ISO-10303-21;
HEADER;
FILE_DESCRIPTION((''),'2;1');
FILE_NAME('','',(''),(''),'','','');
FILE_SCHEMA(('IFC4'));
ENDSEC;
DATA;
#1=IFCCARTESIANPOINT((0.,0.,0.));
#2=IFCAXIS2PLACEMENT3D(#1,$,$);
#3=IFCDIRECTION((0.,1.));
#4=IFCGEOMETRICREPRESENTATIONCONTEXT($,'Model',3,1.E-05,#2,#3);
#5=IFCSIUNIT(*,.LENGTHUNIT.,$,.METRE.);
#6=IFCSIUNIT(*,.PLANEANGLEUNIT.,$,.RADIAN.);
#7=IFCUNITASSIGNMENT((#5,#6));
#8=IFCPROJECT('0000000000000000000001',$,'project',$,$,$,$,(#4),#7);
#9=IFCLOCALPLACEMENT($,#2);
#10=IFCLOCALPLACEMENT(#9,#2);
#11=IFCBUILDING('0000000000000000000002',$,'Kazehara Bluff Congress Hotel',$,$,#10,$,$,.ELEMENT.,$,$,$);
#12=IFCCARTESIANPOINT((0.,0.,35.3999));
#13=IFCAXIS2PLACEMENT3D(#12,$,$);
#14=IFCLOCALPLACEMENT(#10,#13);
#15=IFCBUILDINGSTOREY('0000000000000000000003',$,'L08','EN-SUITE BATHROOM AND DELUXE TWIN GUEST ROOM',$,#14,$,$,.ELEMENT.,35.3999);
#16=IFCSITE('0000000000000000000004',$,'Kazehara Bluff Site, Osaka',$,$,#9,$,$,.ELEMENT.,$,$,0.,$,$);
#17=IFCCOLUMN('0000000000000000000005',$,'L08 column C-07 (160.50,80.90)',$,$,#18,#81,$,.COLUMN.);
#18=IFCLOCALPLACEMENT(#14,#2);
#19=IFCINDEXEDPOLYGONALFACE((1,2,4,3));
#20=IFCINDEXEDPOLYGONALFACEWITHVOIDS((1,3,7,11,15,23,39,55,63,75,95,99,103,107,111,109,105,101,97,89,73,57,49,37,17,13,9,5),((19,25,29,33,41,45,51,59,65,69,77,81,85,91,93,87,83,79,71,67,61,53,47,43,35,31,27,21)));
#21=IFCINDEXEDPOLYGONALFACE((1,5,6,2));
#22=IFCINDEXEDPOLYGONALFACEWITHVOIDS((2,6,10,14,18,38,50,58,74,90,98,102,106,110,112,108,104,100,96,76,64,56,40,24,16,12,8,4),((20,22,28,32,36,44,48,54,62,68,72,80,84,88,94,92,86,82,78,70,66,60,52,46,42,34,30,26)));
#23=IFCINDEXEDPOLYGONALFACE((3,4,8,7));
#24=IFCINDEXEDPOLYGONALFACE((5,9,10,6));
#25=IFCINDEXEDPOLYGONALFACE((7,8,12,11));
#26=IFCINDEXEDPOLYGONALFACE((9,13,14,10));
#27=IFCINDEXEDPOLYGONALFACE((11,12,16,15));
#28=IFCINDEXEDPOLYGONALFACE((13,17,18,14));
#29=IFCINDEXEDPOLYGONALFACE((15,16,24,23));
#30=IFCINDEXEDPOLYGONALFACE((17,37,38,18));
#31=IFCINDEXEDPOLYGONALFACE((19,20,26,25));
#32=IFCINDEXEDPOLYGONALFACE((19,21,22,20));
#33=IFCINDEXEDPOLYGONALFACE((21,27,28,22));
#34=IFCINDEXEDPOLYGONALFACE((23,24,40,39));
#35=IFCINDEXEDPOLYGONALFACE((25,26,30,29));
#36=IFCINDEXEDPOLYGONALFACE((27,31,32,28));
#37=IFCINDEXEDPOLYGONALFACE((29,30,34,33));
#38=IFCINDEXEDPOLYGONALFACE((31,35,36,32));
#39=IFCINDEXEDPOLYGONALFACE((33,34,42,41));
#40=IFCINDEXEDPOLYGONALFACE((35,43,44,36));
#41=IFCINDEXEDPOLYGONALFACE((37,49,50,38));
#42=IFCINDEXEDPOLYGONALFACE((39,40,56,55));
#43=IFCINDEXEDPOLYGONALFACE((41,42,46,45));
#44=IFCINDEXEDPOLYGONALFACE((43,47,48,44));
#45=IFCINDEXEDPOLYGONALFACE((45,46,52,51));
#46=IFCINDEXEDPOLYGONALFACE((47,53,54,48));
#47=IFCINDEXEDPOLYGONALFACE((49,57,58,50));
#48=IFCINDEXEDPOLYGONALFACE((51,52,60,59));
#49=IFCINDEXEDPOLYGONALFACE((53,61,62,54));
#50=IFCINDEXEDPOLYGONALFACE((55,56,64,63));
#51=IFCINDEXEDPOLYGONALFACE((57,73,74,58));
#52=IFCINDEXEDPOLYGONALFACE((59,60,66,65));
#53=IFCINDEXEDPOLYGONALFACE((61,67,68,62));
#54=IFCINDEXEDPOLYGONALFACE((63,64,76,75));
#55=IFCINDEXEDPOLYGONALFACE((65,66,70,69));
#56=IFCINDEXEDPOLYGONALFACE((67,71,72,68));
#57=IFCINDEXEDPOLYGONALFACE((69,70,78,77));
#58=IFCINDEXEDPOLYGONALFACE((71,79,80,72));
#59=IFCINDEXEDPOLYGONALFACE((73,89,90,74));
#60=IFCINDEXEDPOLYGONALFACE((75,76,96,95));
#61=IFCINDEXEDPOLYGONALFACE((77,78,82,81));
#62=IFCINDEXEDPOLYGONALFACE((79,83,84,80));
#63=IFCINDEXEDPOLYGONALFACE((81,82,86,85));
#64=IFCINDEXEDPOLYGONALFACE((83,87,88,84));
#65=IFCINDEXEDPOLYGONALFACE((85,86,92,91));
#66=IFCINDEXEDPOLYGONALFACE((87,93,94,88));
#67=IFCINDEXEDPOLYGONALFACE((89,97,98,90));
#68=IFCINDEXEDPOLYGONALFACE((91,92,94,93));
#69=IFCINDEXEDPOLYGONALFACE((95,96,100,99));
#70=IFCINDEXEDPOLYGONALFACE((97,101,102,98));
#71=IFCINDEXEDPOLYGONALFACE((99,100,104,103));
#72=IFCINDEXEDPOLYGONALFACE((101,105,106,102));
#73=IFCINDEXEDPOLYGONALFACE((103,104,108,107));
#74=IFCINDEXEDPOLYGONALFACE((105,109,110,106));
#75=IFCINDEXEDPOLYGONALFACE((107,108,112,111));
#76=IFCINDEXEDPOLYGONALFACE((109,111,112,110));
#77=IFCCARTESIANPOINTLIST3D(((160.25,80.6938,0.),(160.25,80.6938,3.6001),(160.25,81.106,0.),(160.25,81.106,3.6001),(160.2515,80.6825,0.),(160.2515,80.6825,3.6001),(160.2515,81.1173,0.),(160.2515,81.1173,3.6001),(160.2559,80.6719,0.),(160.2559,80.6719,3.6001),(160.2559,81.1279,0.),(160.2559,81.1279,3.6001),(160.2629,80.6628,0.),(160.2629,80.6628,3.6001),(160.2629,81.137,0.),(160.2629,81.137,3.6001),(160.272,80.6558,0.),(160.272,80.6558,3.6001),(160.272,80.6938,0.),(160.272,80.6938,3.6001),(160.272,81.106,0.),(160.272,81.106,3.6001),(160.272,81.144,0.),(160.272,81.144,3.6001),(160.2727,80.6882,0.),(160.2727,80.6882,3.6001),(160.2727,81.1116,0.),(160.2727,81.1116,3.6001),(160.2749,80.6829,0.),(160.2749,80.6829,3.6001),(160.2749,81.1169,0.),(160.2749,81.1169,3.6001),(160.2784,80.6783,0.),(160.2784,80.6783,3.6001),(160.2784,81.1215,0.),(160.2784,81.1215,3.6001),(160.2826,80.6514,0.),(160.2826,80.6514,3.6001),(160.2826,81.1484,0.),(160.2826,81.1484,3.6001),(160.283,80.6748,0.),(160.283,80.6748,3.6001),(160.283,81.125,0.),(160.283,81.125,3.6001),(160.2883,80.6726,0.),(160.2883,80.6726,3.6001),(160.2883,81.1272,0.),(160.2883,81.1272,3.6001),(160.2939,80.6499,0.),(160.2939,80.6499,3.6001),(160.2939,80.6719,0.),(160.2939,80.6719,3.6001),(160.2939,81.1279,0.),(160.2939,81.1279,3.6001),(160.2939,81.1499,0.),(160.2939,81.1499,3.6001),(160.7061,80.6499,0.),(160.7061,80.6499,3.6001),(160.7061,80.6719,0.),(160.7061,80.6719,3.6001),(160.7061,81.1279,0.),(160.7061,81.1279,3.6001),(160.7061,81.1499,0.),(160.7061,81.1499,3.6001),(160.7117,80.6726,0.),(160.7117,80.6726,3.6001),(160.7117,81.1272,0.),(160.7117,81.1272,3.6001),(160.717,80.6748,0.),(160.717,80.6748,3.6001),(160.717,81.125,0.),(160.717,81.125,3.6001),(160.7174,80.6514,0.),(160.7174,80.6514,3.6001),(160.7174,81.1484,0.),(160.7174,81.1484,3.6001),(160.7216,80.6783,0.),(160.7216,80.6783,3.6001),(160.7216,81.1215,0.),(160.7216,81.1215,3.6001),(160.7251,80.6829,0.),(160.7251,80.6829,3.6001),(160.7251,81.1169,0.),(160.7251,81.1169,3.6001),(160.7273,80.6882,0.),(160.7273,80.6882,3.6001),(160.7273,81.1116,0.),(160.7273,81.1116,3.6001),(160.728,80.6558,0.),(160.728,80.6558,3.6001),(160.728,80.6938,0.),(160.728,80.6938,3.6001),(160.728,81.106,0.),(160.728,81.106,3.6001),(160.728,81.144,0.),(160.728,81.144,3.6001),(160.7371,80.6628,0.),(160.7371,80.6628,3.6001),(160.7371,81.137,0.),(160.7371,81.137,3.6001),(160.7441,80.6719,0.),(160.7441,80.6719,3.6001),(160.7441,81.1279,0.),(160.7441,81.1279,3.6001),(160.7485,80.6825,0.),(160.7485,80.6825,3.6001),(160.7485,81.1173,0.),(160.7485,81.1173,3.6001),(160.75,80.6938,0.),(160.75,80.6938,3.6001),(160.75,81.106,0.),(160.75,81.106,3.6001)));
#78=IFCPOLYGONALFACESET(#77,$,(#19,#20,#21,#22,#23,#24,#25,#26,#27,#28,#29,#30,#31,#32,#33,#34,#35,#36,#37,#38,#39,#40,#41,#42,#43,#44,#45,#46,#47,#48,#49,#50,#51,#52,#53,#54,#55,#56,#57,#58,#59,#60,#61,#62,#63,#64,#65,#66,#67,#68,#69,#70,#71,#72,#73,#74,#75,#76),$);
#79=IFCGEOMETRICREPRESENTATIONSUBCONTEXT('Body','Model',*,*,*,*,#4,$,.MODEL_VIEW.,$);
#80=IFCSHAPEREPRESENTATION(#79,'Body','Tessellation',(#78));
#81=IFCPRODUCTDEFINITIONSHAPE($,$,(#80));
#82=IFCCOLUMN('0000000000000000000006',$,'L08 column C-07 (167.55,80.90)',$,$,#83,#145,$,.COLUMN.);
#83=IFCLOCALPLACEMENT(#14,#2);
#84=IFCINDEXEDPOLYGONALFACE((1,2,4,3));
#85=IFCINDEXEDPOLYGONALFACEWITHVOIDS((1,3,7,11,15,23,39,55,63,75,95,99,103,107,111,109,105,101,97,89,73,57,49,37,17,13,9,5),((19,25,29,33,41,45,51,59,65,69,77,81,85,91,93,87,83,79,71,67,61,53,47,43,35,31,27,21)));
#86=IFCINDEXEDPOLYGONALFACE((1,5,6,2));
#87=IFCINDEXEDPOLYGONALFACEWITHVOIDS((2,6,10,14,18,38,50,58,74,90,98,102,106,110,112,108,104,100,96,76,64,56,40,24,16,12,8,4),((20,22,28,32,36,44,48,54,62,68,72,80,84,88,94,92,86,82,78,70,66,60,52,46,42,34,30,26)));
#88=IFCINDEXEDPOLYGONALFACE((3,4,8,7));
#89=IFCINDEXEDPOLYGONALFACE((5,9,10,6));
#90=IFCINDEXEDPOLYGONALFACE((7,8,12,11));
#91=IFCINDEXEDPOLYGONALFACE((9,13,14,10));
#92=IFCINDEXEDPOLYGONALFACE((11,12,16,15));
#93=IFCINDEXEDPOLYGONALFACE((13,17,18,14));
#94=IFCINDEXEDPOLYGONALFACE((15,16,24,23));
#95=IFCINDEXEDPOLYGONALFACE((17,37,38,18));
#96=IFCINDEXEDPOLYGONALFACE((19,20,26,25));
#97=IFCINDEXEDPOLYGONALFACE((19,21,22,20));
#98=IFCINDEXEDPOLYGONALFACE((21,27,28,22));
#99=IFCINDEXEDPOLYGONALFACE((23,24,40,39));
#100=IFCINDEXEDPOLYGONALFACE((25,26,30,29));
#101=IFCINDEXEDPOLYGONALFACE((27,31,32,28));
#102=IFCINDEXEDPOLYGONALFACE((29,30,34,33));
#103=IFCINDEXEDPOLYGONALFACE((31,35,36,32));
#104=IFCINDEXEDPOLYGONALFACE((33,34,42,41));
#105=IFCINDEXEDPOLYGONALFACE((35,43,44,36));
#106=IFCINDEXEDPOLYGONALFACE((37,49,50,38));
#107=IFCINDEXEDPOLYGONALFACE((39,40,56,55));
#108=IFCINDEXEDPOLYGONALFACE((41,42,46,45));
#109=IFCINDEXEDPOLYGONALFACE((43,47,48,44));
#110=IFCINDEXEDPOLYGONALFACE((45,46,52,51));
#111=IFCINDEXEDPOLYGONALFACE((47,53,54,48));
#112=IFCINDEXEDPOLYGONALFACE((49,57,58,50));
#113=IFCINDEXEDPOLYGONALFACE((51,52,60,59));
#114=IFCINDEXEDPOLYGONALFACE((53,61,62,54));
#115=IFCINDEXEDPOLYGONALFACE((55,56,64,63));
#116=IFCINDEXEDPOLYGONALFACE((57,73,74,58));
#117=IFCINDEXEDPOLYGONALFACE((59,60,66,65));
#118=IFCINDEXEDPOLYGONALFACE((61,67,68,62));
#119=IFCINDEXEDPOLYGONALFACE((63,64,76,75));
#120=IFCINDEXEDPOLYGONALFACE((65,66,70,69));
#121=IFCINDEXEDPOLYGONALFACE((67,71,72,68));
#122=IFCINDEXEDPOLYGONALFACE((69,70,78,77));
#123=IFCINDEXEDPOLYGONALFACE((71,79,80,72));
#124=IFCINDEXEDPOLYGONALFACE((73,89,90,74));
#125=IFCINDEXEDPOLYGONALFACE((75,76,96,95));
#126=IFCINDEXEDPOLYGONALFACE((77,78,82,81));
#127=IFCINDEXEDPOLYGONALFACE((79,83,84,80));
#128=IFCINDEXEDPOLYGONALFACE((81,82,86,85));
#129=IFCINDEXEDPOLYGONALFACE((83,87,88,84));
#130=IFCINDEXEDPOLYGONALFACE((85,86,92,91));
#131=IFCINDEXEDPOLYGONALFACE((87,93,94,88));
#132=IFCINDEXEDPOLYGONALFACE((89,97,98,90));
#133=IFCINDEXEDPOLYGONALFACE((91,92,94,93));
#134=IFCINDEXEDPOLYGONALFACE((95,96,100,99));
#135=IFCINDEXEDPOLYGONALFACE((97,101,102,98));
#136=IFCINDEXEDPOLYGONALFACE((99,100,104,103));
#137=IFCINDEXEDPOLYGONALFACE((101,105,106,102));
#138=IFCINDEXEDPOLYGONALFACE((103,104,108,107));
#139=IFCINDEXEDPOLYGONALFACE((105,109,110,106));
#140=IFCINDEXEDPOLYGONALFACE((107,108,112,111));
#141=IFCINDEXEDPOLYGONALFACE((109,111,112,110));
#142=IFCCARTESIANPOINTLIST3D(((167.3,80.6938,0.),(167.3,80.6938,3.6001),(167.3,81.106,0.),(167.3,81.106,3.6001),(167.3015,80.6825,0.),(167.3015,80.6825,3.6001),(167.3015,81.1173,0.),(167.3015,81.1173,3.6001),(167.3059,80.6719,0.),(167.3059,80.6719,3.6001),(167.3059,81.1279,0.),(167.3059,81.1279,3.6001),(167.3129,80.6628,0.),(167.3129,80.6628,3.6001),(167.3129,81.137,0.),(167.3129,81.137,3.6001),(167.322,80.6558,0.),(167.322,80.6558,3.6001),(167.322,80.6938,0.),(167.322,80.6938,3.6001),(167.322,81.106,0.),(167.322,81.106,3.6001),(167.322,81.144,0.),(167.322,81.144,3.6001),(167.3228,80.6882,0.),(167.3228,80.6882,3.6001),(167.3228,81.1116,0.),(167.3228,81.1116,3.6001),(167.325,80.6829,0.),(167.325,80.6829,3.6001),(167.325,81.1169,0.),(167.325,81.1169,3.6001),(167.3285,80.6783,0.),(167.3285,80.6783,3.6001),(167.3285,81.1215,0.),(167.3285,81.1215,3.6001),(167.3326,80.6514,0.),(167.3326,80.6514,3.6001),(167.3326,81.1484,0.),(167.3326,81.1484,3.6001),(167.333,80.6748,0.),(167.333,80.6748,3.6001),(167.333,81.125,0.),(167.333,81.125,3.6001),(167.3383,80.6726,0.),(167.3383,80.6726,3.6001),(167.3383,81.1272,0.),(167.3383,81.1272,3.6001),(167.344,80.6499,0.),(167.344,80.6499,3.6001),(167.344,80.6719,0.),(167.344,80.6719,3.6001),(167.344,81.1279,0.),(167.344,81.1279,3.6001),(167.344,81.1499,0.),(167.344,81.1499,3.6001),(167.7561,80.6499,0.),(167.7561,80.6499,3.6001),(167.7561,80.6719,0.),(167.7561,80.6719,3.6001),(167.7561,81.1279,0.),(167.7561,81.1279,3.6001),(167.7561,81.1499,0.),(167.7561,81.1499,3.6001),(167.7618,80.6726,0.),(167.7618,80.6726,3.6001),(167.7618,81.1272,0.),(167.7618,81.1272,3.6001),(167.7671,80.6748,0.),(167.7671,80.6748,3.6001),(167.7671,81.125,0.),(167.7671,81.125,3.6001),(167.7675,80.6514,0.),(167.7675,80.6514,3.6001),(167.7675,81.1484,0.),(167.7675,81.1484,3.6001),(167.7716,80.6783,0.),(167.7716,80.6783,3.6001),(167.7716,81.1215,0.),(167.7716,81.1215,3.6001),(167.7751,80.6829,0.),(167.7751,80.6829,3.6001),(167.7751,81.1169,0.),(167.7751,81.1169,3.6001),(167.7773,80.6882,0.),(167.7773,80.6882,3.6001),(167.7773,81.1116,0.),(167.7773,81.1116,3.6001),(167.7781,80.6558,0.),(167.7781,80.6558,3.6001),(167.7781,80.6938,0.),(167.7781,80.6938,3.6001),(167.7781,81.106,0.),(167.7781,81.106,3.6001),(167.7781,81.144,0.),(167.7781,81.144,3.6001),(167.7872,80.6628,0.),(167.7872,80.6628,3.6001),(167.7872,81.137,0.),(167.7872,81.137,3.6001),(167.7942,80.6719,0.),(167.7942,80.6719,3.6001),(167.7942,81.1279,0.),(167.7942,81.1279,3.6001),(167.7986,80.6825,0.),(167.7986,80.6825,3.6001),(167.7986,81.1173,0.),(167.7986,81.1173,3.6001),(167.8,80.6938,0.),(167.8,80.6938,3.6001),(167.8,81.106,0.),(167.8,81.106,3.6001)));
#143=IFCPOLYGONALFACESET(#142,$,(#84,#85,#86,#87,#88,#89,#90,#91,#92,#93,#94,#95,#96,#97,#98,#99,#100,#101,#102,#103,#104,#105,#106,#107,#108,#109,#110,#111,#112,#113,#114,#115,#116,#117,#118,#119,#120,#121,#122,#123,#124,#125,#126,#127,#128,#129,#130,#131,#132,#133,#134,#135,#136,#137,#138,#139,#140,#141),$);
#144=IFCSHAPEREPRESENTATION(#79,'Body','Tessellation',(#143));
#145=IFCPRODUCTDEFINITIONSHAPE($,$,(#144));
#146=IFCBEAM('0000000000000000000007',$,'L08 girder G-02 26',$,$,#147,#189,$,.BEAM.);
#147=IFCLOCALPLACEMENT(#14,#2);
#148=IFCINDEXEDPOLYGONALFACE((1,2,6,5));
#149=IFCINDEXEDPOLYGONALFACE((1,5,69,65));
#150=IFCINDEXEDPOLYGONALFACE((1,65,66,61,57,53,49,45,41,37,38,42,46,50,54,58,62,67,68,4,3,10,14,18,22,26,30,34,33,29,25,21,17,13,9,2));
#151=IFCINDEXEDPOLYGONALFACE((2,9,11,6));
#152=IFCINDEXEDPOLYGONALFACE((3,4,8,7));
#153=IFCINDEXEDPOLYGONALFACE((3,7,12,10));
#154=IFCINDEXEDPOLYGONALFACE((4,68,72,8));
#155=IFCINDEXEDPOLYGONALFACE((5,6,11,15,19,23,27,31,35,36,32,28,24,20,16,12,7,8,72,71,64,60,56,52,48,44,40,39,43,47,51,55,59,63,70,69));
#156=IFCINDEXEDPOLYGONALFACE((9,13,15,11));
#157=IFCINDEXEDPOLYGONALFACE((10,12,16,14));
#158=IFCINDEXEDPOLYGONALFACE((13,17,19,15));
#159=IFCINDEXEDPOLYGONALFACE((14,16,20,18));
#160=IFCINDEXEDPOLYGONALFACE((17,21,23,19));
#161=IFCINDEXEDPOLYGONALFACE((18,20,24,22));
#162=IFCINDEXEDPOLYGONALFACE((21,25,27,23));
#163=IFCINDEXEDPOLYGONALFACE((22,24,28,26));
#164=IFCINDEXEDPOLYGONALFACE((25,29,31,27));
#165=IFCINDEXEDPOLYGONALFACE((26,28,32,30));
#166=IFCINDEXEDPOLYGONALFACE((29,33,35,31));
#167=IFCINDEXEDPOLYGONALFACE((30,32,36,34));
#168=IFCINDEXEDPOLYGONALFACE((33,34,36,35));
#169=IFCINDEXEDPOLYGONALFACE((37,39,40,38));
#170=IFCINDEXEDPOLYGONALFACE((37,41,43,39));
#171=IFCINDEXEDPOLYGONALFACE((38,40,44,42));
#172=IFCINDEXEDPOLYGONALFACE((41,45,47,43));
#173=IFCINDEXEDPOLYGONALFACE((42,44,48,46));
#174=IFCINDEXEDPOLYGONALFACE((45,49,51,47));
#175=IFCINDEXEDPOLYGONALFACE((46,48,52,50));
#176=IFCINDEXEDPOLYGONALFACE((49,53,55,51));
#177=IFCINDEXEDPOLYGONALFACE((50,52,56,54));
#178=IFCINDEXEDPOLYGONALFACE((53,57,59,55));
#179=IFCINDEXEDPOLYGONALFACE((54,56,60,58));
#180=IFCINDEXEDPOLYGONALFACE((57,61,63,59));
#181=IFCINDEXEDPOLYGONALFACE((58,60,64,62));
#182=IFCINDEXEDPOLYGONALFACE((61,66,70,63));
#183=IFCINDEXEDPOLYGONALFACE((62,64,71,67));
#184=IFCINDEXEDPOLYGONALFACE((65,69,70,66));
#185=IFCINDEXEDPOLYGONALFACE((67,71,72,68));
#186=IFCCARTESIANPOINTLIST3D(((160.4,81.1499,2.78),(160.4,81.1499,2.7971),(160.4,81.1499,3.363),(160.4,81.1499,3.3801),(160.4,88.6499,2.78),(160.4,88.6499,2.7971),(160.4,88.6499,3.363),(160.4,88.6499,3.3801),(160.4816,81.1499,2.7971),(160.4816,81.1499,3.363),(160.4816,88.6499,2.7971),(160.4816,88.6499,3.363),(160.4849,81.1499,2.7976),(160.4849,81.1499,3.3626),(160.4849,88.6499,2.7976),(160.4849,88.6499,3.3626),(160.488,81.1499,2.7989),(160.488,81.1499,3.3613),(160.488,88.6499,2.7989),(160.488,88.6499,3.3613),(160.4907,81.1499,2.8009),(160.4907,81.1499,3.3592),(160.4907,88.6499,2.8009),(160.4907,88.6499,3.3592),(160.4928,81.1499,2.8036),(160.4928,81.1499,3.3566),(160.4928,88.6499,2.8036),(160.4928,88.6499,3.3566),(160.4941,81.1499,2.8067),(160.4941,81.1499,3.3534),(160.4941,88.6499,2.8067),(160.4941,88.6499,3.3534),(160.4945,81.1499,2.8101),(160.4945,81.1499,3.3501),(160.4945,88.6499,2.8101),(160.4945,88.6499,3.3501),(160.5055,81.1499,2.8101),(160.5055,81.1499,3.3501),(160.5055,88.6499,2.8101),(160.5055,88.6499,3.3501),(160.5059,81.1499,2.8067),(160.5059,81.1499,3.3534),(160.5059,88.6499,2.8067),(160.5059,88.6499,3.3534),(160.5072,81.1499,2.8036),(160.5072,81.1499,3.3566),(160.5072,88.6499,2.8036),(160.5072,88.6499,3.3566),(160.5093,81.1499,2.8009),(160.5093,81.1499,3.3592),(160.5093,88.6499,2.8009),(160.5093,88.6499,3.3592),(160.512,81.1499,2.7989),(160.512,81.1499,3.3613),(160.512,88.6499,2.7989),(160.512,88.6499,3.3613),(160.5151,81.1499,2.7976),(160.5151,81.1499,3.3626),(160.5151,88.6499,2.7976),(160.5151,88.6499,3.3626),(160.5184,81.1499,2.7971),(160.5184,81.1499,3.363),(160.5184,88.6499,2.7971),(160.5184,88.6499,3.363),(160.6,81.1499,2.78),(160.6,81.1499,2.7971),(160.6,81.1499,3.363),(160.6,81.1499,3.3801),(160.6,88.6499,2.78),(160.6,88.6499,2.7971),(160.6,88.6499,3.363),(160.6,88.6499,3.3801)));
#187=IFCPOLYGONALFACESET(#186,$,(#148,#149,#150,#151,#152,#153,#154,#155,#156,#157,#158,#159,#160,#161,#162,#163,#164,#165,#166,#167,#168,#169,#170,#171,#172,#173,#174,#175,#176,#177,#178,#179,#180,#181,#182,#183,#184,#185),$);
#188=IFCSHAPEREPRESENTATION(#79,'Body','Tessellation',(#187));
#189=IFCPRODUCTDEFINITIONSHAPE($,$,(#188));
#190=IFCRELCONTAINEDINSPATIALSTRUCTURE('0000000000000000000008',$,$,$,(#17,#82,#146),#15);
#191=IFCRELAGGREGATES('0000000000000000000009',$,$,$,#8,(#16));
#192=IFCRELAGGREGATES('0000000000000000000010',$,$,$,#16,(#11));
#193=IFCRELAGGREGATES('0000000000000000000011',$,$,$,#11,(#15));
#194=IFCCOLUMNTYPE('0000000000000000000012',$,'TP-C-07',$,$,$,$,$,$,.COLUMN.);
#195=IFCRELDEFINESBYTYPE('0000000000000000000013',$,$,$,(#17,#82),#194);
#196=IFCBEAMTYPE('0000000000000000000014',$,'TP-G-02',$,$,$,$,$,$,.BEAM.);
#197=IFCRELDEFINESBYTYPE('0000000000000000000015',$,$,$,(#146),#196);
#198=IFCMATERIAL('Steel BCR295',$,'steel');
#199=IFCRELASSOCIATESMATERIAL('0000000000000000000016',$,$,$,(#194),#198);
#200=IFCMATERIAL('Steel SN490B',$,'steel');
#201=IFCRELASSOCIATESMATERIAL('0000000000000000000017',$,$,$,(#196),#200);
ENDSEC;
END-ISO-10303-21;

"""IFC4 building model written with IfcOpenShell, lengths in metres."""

from ifc_helpers import new_model, si_unit, direction, frame, origin, origin_2d, place, context, subcontext, project, spatial, hollow_rectangle, i_section, extrude, material, material_profile, profile_set, type_object, element, save


model = new_model("IFC4")

# Units and contexts
model_context = context("Model", 3, precision=1e-05, world=origin(), true_north=direction((0.0, 1.0)))
body_context = subcontext(model_context, "Body", "Model", "MODEL_VIEW")
ifc_project = project(units=[si_unit("LENGTHUNIT", "METRE"), si_unit("PLANEANGLEUNIT", "RADIAN")], contexts=[model_context])

# Site, building, storey
site_placement = place(None, origin())
site = spatial("IfcSite", under=ifc_project, at=site_placement, Name="Kazehara Bluff Site, Osaka", CompositionType="ELEMENT", RefElevation=0.0)
building_placement = place(site_placement, origin())
building = spatial("IfcBuilding", under=site, at=building_placement, Name="Kazehara Bluff Congress Hotel", CompositionType="ELEMENT")
storey_placement = place(building_placement, frame((0.0, 0.0, 35.3999)))
storey = spatial("IfcBuildingStorey", under=building, at=storey_placement, Name="L08", Description="EN-SUITE BATHROOM AND DELUXE TWIN GUEST ROOM", CompositionType="ELEMENT", Elevation=35.3999)

# Columns
ifc_material_1 = material(Name="Steel BCR295", Category="steel")
ifc_material_profile_1 = material_profile(ifc_material_1, hollow_rectangle(XDim=0.5, YDim=0.5, WallThickness=0.022, InnerFilletRadius=0.022, OuterFilletRadius=0.0439, at=origin_2d()))
ifc_profile_set_1 = profile_set([ifc_material_profile_1], Name="Steel BCR295")
column_type = type_object("IfcColumnType", Name="TP-C-07", PredefinedType="COLUMN", material=ifc_profile_set_1)
for number, where, z_axis, x_axis, name in (
    (1, (160.5, 80.8999, 0.0), (0.0, 0.0, 1.0), (1.0, 0.0, 0.0), "L08 column C-07 (160.50,80.90)"),
    (2, (167.55, 80.8999, 0.0), (0.0, 0.0, 1.0), (1.0, 0.0, 0.0), "L08 column C-07 (167.55,80.90)"),
):
    element("IfcColumn", number, at=place(storey_placement, frame(where, z_axis=z_axis, x_axis=x_axis)), inside=storey, type_object=column_type, Name=name, PredefinedType="COLUMN", context=body_context, shape_type="SweptSolid", body=[
        extrude(hollow_rectangle(XDim=0.5, YDim=0.5, WallThickness=0.022, InnerFilletRadius=0.022, OuterFilletRadius=0.0439, at=origin_2d()), origin(), (0.0, 0.0, 1.0), 3.6001),
    ])

# Beam
ifc_material_2 = material(Name="Steel SN490B", Category="steel")
ifc_material_profile_2 = material_profile(ifc_material_2, i_section(OverallWidth=0.2, OverallDepth=0.6001, WebThickness=0.011, FlangeThickness=0.0171, FilletRadius=0.0129, at=origin_2d()))
ifc_profile_set_2 = profile_set([ifc_material_profile_2], Name="Steel SN490B")
beam_type_1 = type_object("IfcBeamType", Name="TP-G-02", PredefinedType="BEAM", material=ifc_profile_set_2)
for number, where, z_axis, x_axis, name in (
    (3, (160.5, 81.1499, 3.0801), (0.0, 1.0, 0.0), (-1.0, 0.0, 0.0), "L08 girder G-02 26"),
):
    element("IfcBeam", number, at=place(storey_placement, frame(where, z_axis=z_axis, x_axis=x_axis)), inside=storey, type_object=beam_type_1, Name=name, PredefinedType="BEAM", context=body_context, shape_type="SweptSolid", body=[
        extrude(i_section(OverallWidth=0.2, OverallDepth=0.6001, WebThickness=0.011, FlangeThickness=0.0171, FilletRadius=0.0129, at=origin_2d()), origin(), (0.0, 0.0, 1.0), 7.5),
    ])

save(model, "model.ifc")
